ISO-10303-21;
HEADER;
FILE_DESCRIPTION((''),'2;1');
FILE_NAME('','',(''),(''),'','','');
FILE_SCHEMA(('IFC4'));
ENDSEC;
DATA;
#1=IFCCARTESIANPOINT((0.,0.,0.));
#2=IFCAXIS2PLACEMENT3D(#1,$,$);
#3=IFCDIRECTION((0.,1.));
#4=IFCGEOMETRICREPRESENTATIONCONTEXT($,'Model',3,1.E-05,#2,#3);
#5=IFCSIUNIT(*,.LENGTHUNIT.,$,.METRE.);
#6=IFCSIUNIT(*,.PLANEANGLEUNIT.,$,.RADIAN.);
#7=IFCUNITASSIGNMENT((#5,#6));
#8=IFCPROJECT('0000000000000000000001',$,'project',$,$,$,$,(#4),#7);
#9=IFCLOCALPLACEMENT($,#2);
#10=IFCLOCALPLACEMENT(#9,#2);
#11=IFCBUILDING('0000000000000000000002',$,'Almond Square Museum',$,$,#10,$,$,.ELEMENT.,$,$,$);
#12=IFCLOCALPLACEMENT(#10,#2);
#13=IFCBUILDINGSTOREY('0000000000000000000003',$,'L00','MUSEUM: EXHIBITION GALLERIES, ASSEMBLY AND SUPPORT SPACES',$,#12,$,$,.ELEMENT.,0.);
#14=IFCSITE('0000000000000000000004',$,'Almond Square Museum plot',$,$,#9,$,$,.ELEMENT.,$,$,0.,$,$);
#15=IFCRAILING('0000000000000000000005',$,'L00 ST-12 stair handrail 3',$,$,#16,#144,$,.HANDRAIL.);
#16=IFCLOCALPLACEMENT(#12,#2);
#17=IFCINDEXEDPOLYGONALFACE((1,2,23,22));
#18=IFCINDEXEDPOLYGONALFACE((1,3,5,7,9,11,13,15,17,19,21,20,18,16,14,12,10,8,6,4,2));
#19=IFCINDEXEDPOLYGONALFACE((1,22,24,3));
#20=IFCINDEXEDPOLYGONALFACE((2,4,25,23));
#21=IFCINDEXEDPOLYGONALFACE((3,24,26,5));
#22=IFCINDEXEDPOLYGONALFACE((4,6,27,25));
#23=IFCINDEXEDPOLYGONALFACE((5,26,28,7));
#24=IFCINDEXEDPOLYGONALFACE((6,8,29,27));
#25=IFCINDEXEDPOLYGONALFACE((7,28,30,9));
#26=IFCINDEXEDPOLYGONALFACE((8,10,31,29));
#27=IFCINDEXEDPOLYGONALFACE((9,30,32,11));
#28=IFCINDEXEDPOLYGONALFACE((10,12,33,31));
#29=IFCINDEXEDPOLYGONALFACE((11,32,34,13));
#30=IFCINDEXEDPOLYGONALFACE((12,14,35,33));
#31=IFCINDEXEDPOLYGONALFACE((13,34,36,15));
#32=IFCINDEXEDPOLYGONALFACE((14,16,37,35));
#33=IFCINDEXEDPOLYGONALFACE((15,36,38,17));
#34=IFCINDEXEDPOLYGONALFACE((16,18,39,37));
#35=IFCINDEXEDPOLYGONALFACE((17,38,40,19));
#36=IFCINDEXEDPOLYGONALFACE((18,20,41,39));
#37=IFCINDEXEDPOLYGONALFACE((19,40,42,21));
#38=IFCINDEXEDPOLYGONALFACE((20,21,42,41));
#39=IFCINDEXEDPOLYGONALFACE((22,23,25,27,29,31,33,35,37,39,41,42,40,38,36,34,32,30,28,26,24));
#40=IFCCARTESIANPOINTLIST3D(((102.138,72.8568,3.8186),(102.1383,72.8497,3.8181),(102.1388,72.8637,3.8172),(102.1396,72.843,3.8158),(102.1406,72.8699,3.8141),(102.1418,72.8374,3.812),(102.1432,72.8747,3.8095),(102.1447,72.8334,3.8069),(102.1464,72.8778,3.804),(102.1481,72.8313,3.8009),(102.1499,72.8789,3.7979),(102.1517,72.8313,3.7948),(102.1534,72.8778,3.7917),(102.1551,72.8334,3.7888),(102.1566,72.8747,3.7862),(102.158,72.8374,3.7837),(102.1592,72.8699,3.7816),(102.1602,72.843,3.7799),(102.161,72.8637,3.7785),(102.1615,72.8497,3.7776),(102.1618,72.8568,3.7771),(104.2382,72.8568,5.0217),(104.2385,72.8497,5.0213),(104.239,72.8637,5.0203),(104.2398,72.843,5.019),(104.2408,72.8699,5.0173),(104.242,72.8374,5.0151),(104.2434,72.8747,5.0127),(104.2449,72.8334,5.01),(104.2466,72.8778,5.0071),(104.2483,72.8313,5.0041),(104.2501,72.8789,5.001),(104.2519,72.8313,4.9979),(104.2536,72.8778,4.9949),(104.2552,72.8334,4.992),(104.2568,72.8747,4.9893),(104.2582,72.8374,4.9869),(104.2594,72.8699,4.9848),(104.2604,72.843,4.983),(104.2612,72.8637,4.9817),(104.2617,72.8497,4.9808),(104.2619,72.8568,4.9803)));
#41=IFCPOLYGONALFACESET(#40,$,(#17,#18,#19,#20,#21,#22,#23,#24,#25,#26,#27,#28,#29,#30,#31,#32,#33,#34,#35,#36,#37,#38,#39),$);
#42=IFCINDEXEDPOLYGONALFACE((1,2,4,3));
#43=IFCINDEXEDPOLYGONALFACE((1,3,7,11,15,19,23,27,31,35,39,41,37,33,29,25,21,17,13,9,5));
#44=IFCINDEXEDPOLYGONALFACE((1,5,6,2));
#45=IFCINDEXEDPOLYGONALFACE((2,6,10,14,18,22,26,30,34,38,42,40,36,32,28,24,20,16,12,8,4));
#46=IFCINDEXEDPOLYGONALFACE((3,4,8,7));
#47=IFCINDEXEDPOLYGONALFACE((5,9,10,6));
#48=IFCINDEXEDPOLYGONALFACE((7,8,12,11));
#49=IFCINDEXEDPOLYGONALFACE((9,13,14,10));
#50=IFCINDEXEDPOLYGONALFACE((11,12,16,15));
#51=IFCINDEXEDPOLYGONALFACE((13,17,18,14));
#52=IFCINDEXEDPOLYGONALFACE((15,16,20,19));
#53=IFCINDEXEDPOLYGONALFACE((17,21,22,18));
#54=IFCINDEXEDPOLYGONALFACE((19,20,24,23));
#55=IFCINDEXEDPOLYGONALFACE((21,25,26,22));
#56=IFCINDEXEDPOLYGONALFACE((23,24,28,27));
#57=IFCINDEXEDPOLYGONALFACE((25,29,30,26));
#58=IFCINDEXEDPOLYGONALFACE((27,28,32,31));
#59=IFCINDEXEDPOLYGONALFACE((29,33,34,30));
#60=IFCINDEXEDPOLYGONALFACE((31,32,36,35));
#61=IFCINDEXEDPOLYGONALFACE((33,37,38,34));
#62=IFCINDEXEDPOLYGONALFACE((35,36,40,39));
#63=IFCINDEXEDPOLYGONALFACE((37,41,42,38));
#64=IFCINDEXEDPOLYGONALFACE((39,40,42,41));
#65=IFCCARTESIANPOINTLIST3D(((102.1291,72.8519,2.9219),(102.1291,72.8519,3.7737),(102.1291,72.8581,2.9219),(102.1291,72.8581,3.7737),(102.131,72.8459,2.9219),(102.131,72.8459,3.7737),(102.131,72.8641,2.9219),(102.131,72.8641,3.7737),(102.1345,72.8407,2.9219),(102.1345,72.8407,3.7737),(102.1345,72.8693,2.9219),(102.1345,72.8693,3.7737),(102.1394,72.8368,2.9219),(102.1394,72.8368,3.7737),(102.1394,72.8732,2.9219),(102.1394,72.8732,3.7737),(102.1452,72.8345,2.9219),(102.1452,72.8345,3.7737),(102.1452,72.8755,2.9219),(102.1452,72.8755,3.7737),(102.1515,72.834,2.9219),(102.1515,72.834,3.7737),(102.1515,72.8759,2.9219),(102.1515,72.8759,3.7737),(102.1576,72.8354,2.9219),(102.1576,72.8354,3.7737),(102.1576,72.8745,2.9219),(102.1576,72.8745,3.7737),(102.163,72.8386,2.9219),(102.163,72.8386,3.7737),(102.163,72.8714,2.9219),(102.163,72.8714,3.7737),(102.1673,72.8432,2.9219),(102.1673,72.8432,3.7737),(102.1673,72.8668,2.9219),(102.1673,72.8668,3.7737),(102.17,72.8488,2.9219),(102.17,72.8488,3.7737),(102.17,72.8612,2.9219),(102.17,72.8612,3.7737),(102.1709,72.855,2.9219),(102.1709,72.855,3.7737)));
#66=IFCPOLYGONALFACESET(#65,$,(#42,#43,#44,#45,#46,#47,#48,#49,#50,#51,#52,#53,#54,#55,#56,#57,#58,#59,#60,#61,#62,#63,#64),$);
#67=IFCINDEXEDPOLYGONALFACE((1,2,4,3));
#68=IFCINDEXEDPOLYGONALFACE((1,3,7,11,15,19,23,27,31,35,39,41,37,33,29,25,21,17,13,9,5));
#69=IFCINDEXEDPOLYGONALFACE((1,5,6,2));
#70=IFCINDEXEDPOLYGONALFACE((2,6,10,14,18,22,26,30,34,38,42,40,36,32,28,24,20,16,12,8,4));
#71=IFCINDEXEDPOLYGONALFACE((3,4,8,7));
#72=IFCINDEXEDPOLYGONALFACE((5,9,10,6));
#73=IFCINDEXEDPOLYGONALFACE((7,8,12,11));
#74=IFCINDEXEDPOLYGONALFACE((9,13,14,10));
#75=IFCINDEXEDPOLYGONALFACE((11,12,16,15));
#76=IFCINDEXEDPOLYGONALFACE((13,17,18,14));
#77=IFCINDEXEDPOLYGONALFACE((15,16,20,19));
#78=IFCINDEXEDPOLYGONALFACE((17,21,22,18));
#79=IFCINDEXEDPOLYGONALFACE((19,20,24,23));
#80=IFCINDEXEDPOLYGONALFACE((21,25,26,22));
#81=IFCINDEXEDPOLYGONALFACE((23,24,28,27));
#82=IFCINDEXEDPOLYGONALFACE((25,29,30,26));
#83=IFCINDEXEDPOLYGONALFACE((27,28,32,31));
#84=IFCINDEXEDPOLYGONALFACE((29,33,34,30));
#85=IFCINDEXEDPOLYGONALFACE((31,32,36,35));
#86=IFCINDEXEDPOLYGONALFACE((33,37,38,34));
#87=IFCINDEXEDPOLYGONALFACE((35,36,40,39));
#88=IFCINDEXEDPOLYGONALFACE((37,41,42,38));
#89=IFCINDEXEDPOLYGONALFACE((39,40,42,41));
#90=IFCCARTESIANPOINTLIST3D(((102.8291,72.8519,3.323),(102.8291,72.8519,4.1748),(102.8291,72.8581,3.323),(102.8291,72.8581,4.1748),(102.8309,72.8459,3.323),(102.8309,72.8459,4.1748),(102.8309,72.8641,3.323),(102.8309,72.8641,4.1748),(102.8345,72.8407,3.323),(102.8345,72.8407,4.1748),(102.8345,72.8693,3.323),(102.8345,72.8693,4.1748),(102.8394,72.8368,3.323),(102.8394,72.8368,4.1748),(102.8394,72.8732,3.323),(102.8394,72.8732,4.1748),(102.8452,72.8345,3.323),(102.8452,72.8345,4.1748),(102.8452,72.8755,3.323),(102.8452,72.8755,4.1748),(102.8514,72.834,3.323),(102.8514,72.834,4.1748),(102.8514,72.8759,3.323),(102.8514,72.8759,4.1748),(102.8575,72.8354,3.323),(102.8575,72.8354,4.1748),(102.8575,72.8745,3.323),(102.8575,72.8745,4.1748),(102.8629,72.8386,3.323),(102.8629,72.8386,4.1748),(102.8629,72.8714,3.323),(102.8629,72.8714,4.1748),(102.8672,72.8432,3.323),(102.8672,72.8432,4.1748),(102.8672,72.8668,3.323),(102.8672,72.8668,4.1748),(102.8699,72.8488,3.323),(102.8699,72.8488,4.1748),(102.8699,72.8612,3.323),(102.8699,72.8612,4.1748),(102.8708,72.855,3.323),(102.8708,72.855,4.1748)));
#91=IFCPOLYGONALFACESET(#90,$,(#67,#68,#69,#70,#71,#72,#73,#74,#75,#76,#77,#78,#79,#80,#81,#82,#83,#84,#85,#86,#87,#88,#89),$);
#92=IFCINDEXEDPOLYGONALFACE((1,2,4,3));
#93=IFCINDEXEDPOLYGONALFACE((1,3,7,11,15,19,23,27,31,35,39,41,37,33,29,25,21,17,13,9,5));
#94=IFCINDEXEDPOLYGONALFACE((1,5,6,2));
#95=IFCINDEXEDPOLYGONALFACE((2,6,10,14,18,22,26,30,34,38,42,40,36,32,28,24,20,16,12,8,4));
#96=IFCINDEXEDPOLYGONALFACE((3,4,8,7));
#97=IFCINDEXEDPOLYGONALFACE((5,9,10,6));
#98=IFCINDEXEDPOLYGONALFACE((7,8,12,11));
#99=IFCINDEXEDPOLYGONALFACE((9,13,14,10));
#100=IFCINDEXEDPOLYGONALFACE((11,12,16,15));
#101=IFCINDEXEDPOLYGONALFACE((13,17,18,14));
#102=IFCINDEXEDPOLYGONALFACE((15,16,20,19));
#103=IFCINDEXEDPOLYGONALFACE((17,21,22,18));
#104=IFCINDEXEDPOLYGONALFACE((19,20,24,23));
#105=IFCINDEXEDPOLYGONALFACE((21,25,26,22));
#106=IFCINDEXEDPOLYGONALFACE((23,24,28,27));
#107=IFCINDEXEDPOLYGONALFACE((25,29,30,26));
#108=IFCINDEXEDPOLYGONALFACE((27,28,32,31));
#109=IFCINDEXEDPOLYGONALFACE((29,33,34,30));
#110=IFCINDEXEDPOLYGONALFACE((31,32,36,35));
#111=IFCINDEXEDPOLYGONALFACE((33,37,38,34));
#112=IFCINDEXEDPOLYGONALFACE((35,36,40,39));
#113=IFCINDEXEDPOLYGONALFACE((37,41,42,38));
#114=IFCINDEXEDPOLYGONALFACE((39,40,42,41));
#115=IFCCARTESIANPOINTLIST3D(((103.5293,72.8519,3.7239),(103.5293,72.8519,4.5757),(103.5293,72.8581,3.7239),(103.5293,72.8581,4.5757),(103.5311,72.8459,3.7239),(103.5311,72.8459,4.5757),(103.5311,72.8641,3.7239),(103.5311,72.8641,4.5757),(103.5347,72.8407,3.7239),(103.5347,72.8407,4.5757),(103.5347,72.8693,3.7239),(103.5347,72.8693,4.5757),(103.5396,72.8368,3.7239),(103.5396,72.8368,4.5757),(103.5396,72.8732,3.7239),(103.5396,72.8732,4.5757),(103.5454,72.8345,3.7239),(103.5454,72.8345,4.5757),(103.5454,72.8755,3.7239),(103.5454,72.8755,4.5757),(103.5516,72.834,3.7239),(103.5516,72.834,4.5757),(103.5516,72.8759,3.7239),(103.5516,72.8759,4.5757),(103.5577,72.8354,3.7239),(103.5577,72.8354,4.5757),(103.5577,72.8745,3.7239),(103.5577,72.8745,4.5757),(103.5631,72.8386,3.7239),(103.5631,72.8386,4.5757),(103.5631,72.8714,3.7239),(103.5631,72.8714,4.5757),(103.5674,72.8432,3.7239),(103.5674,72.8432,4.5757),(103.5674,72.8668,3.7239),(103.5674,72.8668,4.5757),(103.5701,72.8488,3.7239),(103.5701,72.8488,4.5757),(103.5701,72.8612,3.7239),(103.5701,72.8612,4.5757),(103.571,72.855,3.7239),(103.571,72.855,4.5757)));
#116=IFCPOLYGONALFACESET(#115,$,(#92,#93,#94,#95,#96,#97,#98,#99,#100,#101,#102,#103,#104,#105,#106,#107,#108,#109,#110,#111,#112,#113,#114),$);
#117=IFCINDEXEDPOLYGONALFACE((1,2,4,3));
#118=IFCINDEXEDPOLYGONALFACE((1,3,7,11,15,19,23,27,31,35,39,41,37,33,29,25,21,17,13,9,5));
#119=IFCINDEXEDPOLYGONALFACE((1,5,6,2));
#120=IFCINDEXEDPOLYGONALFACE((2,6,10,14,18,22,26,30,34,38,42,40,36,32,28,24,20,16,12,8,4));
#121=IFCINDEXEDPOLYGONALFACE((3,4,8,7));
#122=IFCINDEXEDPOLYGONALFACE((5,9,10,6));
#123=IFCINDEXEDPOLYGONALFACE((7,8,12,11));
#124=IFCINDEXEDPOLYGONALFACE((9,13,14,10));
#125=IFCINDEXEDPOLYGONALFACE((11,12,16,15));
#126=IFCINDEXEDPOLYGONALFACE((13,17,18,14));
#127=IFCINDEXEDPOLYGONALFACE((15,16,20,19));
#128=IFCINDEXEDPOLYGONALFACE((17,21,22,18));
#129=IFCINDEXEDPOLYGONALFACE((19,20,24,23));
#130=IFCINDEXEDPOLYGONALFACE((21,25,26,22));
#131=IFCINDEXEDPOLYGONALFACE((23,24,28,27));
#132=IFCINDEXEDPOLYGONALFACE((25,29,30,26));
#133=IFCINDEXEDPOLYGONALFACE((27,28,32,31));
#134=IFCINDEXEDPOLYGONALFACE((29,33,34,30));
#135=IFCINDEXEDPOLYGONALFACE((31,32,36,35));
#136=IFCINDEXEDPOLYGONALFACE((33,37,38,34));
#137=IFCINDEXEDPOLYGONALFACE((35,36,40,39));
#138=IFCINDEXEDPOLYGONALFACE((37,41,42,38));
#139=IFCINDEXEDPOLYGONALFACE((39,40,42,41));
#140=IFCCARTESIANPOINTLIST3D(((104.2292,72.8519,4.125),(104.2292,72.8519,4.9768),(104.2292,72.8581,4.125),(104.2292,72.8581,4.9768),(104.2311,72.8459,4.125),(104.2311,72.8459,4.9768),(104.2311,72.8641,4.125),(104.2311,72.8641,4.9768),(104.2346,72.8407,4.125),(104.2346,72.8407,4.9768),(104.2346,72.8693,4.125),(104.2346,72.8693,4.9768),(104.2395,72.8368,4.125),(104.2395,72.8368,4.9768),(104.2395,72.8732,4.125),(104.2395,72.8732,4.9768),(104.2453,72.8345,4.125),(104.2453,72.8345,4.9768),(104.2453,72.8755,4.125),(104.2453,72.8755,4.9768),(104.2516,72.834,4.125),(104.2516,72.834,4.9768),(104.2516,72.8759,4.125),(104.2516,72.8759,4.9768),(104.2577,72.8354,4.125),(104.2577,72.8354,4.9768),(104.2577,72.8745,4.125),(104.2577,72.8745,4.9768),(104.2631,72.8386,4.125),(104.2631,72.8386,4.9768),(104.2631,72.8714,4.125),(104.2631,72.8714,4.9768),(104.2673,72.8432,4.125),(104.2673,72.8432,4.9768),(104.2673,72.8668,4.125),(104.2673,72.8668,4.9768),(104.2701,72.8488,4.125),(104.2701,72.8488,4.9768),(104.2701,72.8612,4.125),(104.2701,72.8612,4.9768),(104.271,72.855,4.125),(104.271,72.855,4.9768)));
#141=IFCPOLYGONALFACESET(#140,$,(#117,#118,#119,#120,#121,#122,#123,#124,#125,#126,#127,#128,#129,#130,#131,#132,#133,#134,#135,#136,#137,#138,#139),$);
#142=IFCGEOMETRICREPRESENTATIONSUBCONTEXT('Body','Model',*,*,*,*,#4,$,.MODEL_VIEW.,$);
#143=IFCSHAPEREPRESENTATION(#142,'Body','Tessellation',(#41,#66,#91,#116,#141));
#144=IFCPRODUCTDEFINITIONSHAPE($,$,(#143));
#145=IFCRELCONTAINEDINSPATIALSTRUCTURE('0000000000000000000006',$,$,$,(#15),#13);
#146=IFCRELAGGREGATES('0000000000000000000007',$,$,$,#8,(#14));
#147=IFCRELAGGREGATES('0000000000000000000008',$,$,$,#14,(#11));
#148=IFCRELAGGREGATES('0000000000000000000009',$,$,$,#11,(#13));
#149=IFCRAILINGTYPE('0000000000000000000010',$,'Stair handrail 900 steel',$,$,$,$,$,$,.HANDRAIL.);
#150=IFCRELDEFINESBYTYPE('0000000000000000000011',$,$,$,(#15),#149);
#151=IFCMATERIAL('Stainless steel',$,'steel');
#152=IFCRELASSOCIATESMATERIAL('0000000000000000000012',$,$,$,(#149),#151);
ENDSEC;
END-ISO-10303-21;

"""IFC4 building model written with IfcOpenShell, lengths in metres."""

from ifc_helpers import new_model, si_unit, direction, frame, origin, origin_2d, place, context, subcontext, project, spatial, circle, extrude, material, type_object, element, save


model = new_model("IFC4")

# Units and contexts
model_context = context("Model", 3, precision=1e-05, world=origin(), true_north=direction((0.0, 1.0)))
body_context = subcontext(model_context, "Body", "Model", "MODEL_VIEW")
ifc_project = project(units=[si_unit("LENGTHUNIT", "METRE"), si_unit("PLANEANGLEUNIT", "RADIAN")], contexts=[model_context])

# Site, building, storey
site_placement = place(None, origin())
site = spatial("IfcSite", under=ifc_project, at=site_placement, Name="Almond Square Museum plot", CompositionType="ELEMENT", RefElevation=0.0)
building_placement = place(site_placement, origin())
building = spatial("IfcBuilding", under=site, at=building_placement, Name="Almond Square Museum", CompositionType="ELEMENT")
storey_placement = place(building_placement, origin())
storey = spatial("IfcBuildingStorey", under=building, at=storey_placement, Name="L00", Description="MUSEUM: EXHIBITION GALLERIES, ASSEMBLY AND SUPPORT SPACES", CompositionType="ELEMENT", Elevation=0.0)

# Railing
ifc_material_1 = material(Name="Stainless steel", Category="steel")
railing_type_1 = type_object("IfcRailingType", Name="Stair handrail 900 steel", PredefinedType="HANDRAIL", material=ifc_material_1)
for number, where, name in (
    (1, (102.1499, 72.855, 2.9219), "L00 ST-12 stair handrail 3"),
):
    element("IfcRailing", number, at=place(storey_placement, frame(where)), inside=storey, type_object=railing_type_1, Name=name, PredefinedType="HANDRAIL", context=body_context, shape_type="SweptSolid", body=[
        extrude(circle(Radius=0.0239, at=origin_2d()), frame((0.0, 0.0, 0.876), z_axis=(0.867696, 0.0, 0.497095), x_axis=(0.0, 1.0, 0.0)), (0.0, 0.0, 1.0), 2.4204),
        extrude(circle(Radius=0.021, at=origin_2d()), origin(), (0.0, 0.0, 1.0), 0.8518),
        extrude(circle(Radius=0.021, at=origin_2d()), frame((0.7, 0.0, 0.4011)), (0.0, 0.0, 1.0), 0.8518),
        extrude(circle(Radius=0.021, at=origin_2d()), frame((1.4001, 0.0, 0.802)), (0.0, 0.0, 1.0), 0.8518),
        extrude(circle(Radius=0.021, at=origin_2d()), frame((2.1001, 0.0, 1.2031)), (0.0, 0.0, 1.0), 0.8518),
    ])

save(model, "model.ifc")
